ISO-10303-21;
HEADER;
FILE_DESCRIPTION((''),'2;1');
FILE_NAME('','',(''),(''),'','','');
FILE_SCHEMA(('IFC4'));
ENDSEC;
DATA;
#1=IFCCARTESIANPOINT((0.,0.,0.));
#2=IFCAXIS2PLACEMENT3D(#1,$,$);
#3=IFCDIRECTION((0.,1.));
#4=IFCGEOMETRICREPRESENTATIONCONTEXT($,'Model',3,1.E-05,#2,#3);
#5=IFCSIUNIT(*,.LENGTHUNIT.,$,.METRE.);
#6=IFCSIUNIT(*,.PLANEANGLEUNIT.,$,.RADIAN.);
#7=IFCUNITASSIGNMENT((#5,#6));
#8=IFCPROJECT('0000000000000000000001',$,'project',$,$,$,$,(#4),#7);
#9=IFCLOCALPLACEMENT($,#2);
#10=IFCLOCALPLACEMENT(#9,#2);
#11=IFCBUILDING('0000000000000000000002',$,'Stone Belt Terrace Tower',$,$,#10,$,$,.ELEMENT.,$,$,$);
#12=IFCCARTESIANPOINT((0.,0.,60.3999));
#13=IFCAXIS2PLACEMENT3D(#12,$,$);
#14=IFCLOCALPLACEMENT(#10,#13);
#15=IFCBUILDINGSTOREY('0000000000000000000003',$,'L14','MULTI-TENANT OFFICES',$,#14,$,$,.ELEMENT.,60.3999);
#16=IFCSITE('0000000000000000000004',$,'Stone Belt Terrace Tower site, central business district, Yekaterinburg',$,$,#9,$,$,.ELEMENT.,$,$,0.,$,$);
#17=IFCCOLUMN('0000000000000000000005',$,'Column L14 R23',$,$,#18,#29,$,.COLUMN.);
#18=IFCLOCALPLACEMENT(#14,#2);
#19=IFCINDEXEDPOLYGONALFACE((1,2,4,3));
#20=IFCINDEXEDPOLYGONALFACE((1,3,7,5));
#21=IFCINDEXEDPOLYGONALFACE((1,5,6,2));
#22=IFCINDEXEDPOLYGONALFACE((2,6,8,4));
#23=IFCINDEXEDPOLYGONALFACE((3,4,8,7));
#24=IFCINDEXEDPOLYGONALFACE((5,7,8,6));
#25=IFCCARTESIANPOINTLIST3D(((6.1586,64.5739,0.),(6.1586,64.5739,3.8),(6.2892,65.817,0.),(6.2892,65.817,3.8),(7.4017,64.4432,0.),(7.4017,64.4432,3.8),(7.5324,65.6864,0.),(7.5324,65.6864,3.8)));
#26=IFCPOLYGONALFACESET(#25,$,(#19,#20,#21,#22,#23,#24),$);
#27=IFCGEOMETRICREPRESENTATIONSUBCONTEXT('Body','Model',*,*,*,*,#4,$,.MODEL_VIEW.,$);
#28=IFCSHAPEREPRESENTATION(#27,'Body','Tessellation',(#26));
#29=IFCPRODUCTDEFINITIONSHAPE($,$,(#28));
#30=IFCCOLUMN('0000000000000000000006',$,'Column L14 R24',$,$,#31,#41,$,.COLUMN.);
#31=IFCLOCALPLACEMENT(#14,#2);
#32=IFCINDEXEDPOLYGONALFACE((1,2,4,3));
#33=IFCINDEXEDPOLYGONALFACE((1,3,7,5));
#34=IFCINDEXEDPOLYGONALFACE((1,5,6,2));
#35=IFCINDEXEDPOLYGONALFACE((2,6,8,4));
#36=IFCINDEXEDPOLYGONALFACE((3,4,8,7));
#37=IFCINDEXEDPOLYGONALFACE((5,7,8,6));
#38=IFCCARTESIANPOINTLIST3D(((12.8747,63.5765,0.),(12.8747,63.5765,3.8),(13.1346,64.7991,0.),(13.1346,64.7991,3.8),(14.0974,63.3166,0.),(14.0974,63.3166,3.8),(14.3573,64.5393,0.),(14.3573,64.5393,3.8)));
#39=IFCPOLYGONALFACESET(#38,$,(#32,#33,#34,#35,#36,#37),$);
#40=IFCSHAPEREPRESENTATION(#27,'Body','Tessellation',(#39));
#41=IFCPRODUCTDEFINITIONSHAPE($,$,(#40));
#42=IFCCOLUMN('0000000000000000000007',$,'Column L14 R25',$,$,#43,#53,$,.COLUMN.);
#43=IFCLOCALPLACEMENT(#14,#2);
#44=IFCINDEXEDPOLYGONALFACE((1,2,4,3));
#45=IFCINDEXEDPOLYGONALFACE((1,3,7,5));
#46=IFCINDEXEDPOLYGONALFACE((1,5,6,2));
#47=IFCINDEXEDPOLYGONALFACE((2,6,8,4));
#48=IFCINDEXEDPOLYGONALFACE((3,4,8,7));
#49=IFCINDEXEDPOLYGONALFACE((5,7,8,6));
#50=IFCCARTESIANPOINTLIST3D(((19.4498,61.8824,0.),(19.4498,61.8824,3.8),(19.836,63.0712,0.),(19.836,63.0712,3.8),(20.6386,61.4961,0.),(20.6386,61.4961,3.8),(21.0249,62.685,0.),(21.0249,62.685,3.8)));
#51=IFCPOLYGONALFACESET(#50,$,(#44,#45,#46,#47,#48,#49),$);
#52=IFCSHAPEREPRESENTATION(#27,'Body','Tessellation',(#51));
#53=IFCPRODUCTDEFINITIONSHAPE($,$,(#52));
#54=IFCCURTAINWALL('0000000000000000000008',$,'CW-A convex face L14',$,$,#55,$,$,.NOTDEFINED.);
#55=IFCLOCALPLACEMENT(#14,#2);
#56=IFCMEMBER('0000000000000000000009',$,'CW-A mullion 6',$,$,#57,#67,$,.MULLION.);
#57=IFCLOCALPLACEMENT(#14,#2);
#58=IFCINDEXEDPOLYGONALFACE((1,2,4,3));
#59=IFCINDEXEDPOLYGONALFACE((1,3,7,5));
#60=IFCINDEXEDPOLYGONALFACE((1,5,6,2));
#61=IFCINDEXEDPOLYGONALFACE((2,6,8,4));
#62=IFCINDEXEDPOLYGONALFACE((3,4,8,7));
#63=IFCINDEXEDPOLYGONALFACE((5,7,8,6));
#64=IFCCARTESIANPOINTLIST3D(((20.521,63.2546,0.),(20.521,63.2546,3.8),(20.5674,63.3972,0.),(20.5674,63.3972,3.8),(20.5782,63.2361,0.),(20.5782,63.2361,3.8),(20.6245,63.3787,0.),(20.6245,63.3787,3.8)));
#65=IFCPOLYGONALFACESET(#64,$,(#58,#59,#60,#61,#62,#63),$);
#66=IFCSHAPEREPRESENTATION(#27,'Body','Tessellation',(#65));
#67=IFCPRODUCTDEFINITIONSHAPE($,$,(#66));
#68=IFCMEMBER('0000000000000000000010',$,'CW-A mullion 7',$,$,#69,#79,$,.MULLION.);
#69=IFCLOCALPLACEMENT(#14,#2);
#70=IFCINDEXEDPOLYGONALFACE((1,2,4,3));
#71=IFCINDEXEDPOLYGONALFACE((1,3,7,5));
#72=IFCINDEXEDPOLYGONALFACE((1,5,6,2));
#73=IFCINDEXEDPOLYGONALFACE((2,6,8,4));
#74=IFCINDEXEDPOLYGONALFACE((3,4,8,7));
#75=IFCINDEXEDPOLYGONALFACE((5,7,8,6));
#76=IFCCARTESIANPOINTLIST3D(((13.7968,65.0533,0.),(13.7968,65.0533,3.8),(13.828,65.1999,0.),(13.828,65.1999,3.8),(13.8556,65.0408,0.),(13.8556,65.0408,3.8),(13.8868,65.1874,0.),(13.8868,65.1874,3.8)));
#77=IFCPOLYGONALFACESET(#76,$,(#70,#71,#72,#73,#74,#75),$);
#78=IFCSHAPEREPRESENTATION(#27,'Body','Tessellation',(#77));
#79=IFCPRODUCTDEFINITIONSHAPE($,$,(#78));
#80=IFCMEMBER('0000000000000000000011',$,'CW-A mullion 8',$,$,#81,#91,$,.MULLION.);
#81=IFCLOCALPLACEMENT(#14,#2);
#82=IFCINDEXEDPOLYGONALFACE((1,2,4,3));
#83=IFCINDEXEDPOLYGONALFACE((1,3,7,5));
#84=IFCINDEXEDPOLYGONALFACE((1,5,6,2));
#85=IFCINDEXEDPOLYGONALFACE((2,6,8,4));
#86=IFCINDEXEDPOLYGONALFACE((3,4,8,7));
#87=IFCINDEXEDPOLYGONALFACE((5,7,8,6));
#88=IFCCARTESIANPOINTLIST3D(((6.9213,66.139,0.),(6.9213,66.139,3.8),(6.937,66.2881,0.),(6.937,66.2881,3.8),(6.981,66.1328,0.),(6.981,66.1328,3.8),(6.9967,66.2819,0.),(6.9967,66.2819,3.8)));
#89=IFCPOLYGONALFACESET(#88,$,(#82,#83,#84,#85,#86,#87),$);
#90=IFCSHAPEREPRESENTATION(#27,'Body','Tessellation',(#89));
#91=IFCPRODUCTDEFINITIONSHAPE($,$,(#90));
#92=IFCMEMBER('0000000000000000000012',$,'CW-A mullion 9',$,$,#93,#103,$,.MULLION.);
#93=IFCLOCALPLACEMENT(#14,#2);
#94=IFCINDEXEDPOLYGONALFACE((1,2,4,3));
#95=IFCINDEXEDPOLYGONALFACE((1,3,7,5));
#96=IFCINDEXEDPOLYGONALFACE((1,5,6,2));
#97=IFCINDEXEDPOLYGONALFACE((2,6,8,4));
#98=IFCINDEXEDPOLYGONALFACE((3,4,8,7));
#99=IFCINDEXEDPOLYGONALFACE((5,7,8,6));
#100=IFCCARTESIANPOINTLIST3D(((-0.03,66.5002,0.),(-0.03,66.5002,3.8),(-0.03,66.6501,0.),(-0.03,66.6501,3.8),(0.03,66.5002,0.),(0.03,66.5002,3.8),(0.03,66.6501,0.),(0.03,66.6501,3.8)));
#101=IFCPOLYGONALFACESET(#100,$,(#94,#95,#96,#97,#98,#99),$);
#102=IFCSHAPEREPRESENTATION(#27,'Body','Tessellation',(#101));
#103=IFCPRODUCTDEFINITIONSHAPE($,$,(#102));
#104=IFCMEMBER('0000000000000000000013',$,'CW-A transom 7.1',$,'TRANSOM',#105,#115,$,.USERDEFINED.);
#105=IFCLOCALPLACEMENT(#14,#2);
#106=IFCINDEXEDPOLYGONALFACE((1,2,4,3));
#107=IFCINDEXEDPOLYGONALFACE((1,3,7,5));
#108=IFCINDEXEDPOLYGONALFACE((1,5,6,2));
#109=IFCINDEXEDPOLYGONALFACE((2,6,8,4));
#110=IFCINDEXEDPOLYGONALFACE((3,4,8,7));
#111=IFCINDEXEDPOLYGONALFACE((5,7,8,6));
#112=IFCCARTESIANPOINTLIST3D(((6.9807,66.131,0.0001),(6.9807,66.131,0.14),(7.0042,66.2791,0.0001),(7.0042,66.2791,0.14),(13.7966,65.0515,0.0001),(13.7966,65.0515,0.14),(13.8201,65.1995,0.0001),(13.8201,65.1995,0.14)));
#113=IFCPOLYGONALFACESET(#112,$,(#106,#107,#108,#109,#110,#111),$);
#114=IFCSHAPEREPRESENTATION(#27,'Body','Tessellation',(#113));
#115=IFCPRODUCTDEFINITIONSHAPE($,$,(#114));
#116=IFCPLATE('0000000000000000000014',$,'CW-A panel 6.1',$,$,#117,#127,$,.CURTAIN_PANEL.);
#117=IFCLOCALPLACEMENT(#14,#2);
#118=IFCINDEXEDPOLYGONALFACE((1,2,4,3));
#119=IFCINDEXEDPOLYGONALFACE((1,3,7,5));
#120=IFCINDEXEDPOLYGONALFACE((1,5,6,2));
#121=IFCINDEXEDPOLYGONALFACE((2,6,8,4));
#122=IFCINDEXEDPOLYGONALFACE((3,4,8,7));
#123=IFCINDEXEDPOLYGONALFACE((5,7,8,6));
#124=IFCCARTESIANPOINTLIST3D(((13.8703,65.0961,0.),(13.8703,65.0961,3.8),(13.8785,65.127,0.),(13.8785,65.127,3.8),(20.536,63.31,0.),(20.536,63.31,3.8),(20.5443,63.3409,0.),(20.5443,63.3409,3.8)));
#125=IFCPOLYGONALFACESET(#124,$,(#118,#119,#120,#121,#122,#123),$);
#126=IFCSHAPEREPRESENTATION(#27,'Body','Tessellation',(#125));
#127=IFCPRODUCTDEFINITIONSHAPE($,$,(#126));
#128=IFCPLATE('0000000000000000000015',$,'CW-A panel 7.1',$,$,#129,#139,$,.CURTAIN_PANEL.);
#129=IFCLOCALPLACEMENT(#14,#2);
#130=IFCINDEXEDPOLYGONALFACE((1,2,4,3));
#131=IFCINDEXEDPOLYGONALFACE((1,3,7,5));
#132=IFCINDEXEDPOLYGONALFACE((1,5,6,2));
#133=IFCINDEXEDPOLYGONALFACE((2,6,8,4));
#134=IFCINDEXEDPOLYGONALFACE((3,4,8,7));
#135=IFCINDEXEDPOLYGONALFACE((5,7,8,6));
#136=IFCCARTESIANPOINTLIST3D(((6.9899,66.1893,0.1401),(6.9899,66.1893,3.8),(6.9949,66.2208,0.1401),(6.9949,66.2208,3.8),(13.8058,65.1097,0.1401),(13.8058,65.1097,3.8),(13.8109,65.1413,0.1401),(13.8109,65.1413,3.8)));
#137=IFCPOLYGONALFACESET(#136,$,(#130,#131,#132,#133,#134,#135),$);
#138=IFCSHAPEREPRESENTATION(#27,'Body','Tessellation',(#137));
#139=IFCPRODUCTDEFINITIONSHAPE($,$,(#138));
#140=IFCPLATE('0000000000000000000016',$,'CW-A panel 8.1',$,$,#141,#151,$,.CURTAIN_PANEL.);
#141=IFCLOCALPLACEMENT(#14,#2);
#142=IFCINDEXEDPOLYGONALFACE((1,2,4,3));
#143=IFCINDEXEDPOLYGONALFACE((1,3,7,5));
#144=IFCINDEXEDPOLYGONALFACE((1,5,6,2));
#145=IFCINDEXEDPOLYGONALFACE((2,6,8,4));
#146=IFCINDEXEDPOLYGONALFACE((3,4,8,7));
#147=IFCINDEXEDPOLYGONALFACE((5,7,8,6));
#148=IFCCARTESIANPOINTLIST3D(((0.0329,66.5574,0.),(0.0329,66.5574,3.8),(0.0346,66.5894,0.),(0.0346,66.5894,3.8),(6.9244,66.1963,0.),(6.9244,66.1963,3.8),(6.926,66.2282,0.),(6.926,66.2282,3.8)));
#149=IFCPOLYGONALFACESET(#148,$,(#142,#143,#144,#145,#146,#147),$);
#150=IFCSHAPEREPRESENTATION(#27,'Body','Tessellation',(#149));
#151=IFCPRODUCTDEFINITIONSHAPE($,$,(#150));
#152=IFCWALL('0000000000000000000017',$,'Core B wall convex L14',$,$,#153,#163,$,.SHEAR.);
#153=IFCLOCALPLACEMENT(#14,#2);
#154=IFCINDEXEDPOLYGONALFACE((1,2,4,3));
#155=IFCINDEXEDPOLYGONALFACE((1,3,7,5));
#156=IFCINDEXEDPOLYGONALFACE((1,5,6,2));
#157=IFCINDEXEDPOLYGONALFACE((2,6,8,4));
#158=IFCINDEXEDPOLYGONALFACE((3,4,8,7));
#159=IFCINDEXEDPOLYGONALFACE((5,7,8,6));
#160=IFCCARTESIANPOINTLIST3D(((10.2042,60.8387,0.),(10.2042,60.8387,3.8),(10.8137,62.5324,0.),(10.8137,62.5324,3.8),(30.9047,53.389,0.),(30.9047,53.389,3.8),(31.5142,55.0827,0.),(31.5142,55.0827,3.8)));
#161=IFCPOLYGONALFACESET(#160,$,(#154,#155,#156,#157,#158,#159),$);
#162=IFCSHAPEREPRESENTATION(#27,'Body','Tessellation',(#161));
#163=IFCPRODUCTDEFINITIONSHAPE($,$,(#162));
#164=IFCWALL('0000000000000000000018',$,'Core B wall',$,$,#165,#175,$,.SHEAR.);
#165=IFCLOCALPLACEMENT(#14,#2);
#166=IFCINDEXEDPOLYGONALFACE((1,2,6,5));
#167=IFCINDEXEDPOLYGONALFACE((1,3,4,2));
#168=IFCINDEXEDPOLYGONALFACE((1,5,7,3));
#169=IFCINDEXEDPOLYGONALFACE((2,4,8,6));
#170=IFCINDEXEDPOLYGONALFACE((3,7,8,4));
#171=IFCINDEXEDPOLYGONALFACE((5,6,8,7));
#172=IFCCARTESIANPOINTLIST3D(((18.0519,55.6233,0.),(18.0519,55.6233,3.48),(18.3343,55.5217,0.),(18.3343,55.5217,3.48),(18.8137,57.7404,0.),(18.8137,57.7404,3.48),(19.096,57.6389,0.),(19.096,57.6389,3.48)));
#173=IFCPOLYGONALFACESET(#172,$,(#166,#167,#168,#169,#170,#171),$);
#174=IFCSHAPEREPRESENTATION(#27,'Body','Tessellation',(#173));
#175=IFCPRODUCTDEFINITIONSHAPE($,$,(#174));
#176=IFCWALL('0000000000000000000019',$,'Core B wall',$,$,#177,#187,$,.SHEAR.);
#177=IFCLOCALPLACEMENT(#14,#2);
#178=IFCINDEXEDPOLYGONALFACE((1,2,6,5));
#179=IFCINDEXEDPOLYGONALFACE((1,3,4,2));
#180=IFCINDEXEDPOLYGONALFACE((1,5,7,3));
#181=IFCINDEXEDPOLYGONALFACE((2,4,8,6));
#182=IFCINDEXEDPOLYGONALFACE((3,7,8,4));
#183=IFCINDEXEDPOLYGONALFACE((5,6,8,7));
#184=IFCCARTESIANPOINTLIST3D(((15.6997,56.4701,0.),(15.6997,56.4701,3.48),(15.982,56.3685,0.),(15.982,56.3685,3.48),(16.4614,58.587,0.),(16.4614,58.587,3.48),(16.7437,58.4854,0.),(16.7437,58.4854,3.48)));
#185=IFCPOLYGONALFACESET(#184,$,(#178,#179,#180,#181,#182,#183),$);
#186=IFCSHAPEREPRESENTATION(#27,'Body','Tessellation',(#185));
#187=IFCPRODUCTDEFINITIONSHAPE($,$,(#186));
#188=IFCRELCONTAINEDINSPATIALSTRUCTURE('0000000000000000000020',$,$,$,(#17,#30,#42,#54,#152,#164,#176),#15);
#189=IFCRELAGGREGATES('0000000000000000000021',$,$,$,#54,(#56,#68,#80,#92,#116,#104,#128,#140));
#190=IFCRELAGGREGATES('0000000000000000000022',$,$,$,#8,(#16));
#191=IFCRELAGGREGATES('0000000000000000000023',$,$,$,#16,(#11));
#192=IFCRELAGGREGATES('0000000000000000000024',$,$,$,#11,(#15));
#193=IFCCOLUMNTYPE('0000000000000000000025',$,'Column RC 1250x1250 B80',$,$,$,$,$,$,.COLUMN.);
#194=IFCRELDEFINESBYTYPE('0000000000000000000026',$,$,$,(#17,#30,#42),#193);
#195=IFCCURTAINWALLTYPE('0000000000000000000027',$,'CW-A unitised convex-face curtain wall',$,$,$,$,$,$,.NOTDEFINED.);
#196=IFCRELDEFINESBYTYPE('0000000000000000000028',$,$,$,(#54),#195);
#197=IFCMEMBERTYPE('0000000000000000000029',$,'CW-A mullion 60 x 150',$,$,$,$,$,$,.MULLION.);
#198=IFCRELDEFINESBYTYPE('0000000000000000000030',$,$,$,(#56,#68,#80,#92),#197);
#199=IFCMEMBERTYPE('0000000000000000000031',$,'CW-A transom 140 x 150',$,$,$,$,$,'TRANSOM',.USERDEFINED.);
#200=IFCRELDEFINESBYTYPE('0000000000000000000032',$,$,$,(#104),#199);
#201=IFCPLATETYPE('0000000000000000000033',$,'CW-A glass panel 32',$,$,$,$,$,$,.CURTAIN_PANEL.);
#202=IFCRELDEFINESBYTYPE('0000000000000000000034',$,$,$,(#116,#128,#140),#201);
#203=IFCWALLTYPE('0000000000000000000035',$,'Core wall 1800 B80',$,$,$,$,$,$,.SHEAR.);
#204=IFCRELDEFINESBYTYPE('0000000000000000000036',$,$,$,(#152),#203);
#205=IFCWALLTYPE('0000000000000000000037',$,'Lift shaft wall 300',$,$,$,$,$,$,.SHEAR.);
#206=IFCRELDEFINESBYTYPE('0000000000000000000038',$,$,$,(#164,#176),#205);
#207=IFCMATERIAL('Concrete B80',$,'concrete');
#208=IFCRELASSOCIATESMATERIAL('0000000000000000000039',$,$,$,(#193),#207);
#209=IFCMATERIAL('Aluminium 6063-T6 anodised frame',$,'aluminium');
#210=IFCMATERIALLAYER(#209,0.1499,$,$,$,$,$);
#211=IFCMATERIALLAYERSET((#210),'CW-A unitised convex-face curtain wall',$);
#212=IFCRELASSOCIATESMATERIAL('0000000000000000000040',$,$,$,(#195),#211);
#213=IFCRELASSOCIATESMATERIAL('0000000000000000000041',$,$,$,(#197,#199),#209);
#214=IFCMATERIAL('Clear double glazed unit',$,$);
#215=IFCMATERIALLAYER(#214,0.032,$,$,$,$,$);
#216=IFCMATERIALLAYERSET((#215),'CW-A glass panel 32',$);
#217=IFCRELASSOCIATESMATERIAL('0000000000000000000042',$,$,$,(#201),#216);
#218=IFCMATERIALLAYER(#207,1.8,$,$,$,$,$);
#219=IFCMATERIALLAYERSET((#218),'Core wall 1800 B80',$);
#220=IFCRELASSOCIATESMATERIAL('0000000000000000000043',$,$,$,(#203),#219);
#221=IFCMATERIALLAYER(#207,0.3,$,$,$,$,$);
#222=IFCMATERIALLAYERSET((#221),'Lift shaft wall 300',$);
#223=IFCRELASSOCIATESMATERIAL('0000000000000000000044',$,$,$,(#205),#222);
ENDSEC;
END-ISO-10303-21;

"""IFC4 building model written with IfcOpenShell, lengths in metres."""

from ifc_helpers import new_model, si_unit, direction, frame, frame_2d, origin, origin_2d, place, context, subcontext, project, spatial, rectangle, extrude, material, layer, layer_set, material_profile, profile_set, type_object, element, aggregate, save


model = new_model("IFC4")

# Units and contexts
model_context = context("Model", 3, precision=1e-05, world=origin(), true_north=direction((0.0, 1.0)))
body_context = subcontext(model_context, "Body", "Model", "MODEL_VIEW")
ifc_project = project(units=[si_unit("LENGTHUNIT", "METRE"), si_unit("PLANEANGLEUNIT", "RADIAN")], contexts=[model_context])

# Site, building, storey
site_placement = place(None, origin())
site = spatial("IfcSite", under=ifc_project, at=site_placement, Name="Stone Belt Terrace Tower site, central business district, Yekaterinburg", CompositionType="ELEMENT", RefElevation=0.0)
building_placement = place(site_placement, origin())
building = spatial("IfcBuilding", under=site, at=building_placement, Name="Stone Belt Terrace Tower", CompositionType="ELEMENT")
storey_placement = place(building_placement, frame((0.0, 0.0, 60.3999)))
storey = spatial("IfcBuildingStorey", under=building, at=storey_placement, Name="L14", Description="MULTI-TENANT OFFICES", CompositionType="ELEMENT", Elevation=60.3999)

# Columns
ifc_material_1 = material(Name="Concrete B80", Category="concrete")
ifc_material_profile_1 = material_profile(ifc_material_1, rectangle(XDim=1.25, YDim=1.25, at=origin_2d()), Name="RC 1250x1250")
ifc_profile_set_1 = profile_set([ifc_material_profile_1], Name="Concrete B80")
column_type = type_object("IfcColumnType", Name="Column RC 1250x1250 B80", PredefinedType="COLUMN", material=ifc_profile_set_1)
for number, where, z_axis, x_axis, name in (
    (1, (6.8455, 65.1301, 0.0), (0.0, 0.0, 1.0), (0.994522, -0.104528, 0.0), "Column L14 R23"),
    (2, (13.616, 64.0579, 0.0), (0.0, 0.0, 1.0), (0.978148, -0.207912, 0.0), "Column L14 R24"),
    (3, (20.2373, 62.2837, 0.0), (0.0, 0.0, 1.0), (0.951057, -0.309017, 0.0), "Column L14 R25"),
):
    element("IfcColumn", number, at=place(storey_placement, frame(where, z_axis=z_axis, x_axis=x_axis)), inside=storey, type_object=column_type, Name=name, PredefinedType="COLUMN", context=body_context, shape_type="SweptSolid", body=[
        extrude(rectangle(XDim=1.25, YDim=1.25, at=origin_2d()), origin(), (0.0, 0.0, 1.0), 3.8),
    ])

# Curtain wall, members, plates
ifc_material_2 = material(Name="Aluminium 6063-T6 anodised frame", Category="aluminium")
ifc_layer_1 = layer(ifc_material_2, 0.1499)
ifc_layer_set_1 = layer_set([ifc_layer_1], Name="CW-A unitised convex-face curtain wall")
curtain_wall_type = type_object("IfcCurtainWallType", Name="CW-A unitised convex-face curtain wall", PredefinedType="NOTDEFINED", material=ifc_layer_set_1)
curtain_wall_placement = place(storey_placement, origin())
curtain_wall = element("IfcCurtainWall", 4, at=curtain_wall_placement, inside=storey, type_object=curtain_wall_type, Name="CW-A convex face L14", PredefinedType="NOTDEFINED")
ifc_material_profile_2 = material_profile(ifc_material_2, rectangle(XDim=0.1499, YDim=0.0601, at=origin_2d()), Name="Aluminium 6063-T6 60x150")
ifc_profile_set_2 = profile_set([ifc_material_profile_2], Name="Aluminium 6063-T6 anodised frame")
member_type_1 = type_object("IfcMemberType", Name="CW-A mullion 60 x 150", PredefinedType="MULLION", material=ifc_profile_set_2)
member_1_placement = place(storey_placement, frame((20.5728, 63.3167, 0.0), z_axis=(0.0, 0.0, 1.0), x_axis=(-0.309017, -0.951057, 0.0)))
member_1 = element("IfcMember", 5, at=member_1_placement, type_object=member_type_1, Name="CW-A mullion 6", PredefinedType="MULLION", context=body_context, shape_type="SweptSolid", body=[
    extrude(rectangle(XDim=0.1499, YDim=0.0601, at=origin_2d()), origin(), (0.0, 0.0, 1.0), 3.8),
])
member_2_placement = place(storey_placement, frame((13.8418, 65.1204, 0.0), z_axis=(0.0, 0.0, 1.0), x_axis=(-0.207912, -0.978148, 0.0)))
member_2 = element("IfcMember", 6, at=member_2_placement, type_object=member_type_1, Name="CW-A mullion 7", PredefinedType="MULLION", context=body_context, shape_type="SweptSolid", body=[
    extrude(rectangle(XDim=0.1499, YDim=0.0601, at=origin_2d()), origin(), (0.0, 0.0, 1.0), 3.8),
])
member_3_placement = place(storey_placement, frame((6.959, 66.2104, 0.0), z_axis=(0.0, 0.0, 1.0), x_axis=(-0.104528, -0.994522, 0.0)))
member_3 = element("IfcMember", 7, at=member_3_placement, type_object=member_type_1, Name="CW-A mullion 8", PredefinedType="MULLION", context=body_context, shape_type="SweptSolid", body=[
    extrude(rectangle(XDim=0.1499, YDim=0.0601, at=origin_2d()), origin(), (0.0, 0.0, 1.0), 3.8),
])
member_4_placement = place(storey_placement, frame((0.0, 66.5752, 0.0), z_axis=(0.0, 0.0, 1.0), x_axis=(0.0, -1.0, 0.0)))
member_4 = element("IfcMember", 8, at=member_4_placement, type_object=member_type_1, Name="CW-A mullion 9", PredefinedType="MULLION", context=body_context, shape_type="SweptSolid", body=[
    extrude(rectangle(XDim=0.1499, YDim=0.0601, at=origin_2d()), origin(), (0.0, 0.0, 1.0), 3.8),
])
ifc_material_profile_3 = material_profile(ifc_material_2, rectangle(XDim=0.1499, YDim=0.1399, at=origin_2d()), Name="Aluminium 6063-T6 150x140")
ifc_profile_set_3 = profile_set([ifc_material_profile_3], Name="Aluminium 6063-T6 anodised frame")
member_type_2 = type_object("IfcMemberType", Name="CW-A transom 140 x 150", ElementType="TRANSOM", PredefinedType="USERDEFINED", material=ifc_profile_set_3)
member_5_placement = place(storey_placement, frame((13.8083, 65.1255, 0.0701), z_axis=(-0.987687, 0.156442, 0.0), x_axis=(-0.156442, -0.987687, 0.0)))
member_5 = element("IfcMember", 9, at=member_5_placement, type_object=member_type_2, Name="CW-A transom 7.1", ObjectType="TRANSOM", PredefinedType="USERDEFINED", context=body_context, shape_type="SweptSolid", body=[
    extrude(rectangle(XDim=0.1499, YDim=0.1399, at=origin_2d()), origin(), (0.0, 0.0, 1.0), 6.9009),
])
ifc_material_3 = material(Name="Clear double glazed unit")
ifc_layer_2 = layer(ifc_material_3, 0.032)
ifc_layer_set_2 = layer_set([ifc_layer_2], Name="CW-A glass panel 32")
plate_type = type_object("IfcPlateType", Name="CW-A glass panel 32", PredefinedType="CURTAIN_PANEL", material=ifc_layer_set_2)
plate_1_placement = place(storey_placement, frame((17.2073, 64.2185, 0.0), z_axis=(0.0, 0.0, 1.0), x_axis=(-0.965926, 0.258819, 0.0)))
plate_1 = element("IfcPlate", 10, at=plate_1_placement, type_object=plate_type, Name="CW-A panel 6.1", PredefinedType="CURTAIN_PANEL", context=body_context, shape_type="SweptSolid", body=[
    extrude(rectangle(XDim=6.9009, YDim=0.032, at=origin_2d()), origin(), (0.0, 0.0, 1.0), 3.8),
])
plate_2_placement = place(storey_placement, frame((10.4004, 65.6653, 0.1401), z_axis=(0.0, 0.0, 1.0), x_axis=(-0.987688, 0.156434, 0.0)))
plate_2 = element("IfcPlate", 11, at=plate_2_placement, type_object=plate_type, Name="CW-A panel 7.1", PredefinedType="CURTAIN_PANEL", context=body_context, shape_type="SweptSolid", body=[
    extrude(rectangle(XDim=6.9009, YDim=0.032, at=origin_2d()), origin(), (0.0, 0.0, 1.0), 3.6599),
])
plate_3_placement = place(storey_placement, frame((3.4795, 66.3928, 0.0), z_axis=(0.0, 0.0, 1.0), x_axis=(-0.99863, 0.052336, 0.0)))
plate_3 = element("IfcPlate", 12, at=plate_3_placement, type_object=plate_type, Name="CW-A panel 8.1", PredefinedType="CURTAIN_PANEL", context=body_context, shape_type="SweptSolid", body=[
    extrude(rectangle(XDim=6.9009, YDim=0.032, at=origin_2d()), origin(), (0.0, 0.0, 1.0), 3.8),
])
aggregate(curtain_wall, [member_1, member_2, member_3, member_4, plate_1, member_5, plate_2, plate_3])

# Walls
ifc_layer_3 = layer(ifc_material_1, 1.8)
ifc_layer_set_3 = layer_set([ifc_layer_3], Name="Core wall 1800 B80")
wall_type_1 = type_object("IfcWallType", Name="Core wall 1800 B80", PredefinedType="SHEAR", material=ifc_layer_set_3)
wall_1_placement = place(storey_placement, frame((10.509, 61.6855, 0.0), z_axis=(0.0, 0.0, 1.0), x_axis=(0.940923, -0.338621, 0.0)))
element("IfcWall", 13, at=wall_1_placement, inside=storey, type_object=wall_type_1, Name="Core B wall convex L14", PredefinedType="SHEAR", context=body_context, shape_type="SweptSolid", body=[
    extrude(rectangle(XDim=22.0002, YDim=1.8, at=frame_2d((11.0, 0.0))), origin(), (0.0, 0.0, 1.0), 3.8),
])
ifc_layer_4 = layer(ifc_material_1, 0.3)
ifc_layer_set_4 = layer_set([ifc_layer_4], Name="Lift shaft wall 300")
wall_type_2 = type_object("IfcWallType", Name="Lift shaft wall 300", PredefinedType="SHEAR", material=ifc_layer_set_4)
wall_2_placement = place(storey_placement, frame((18.1931, 55.5725, 0.0), z_axis=(0.0, 0.0, 1.0), x_axis=(0.338535, 0.940954, 0.0)))
element("IfcWall", 14, at=wall_2_placement, inside=storey, type_object=wall_type_2, Name="Core B wall", PredefinedType="SHEAR", context=body_context, shape_type="SweptSolid", body=[
    extrude(rectangle(XDim=2.25, YDim=0.3, at=frame_2d((1.125, 0.0))), origin(), (0.0, 0.0, 1.0), 3.48),
])
wall_3_placement = place(storey_placement, frame((15.8408, 56.4192, 0.0), z_axis=(0.0, 0.0, 1.0), x_axis=(0.33857, 0.940941, 0.0)))
element("IfcWall", 15, at=wall_3_placement, inside=storey, type_object=wall_type_2, Name="Core B wall", PredefinedType="SHEAR", context=body_context, shape_type="SweptSolid", body=[
    extrude(rectangle(XDim=2.2498, YDim=0.3, at=frame_2d((1.125, 0.0))), origin(), (0.0, 0.0, 1.0), 3.48),
])

save(model, "model.ifc")
